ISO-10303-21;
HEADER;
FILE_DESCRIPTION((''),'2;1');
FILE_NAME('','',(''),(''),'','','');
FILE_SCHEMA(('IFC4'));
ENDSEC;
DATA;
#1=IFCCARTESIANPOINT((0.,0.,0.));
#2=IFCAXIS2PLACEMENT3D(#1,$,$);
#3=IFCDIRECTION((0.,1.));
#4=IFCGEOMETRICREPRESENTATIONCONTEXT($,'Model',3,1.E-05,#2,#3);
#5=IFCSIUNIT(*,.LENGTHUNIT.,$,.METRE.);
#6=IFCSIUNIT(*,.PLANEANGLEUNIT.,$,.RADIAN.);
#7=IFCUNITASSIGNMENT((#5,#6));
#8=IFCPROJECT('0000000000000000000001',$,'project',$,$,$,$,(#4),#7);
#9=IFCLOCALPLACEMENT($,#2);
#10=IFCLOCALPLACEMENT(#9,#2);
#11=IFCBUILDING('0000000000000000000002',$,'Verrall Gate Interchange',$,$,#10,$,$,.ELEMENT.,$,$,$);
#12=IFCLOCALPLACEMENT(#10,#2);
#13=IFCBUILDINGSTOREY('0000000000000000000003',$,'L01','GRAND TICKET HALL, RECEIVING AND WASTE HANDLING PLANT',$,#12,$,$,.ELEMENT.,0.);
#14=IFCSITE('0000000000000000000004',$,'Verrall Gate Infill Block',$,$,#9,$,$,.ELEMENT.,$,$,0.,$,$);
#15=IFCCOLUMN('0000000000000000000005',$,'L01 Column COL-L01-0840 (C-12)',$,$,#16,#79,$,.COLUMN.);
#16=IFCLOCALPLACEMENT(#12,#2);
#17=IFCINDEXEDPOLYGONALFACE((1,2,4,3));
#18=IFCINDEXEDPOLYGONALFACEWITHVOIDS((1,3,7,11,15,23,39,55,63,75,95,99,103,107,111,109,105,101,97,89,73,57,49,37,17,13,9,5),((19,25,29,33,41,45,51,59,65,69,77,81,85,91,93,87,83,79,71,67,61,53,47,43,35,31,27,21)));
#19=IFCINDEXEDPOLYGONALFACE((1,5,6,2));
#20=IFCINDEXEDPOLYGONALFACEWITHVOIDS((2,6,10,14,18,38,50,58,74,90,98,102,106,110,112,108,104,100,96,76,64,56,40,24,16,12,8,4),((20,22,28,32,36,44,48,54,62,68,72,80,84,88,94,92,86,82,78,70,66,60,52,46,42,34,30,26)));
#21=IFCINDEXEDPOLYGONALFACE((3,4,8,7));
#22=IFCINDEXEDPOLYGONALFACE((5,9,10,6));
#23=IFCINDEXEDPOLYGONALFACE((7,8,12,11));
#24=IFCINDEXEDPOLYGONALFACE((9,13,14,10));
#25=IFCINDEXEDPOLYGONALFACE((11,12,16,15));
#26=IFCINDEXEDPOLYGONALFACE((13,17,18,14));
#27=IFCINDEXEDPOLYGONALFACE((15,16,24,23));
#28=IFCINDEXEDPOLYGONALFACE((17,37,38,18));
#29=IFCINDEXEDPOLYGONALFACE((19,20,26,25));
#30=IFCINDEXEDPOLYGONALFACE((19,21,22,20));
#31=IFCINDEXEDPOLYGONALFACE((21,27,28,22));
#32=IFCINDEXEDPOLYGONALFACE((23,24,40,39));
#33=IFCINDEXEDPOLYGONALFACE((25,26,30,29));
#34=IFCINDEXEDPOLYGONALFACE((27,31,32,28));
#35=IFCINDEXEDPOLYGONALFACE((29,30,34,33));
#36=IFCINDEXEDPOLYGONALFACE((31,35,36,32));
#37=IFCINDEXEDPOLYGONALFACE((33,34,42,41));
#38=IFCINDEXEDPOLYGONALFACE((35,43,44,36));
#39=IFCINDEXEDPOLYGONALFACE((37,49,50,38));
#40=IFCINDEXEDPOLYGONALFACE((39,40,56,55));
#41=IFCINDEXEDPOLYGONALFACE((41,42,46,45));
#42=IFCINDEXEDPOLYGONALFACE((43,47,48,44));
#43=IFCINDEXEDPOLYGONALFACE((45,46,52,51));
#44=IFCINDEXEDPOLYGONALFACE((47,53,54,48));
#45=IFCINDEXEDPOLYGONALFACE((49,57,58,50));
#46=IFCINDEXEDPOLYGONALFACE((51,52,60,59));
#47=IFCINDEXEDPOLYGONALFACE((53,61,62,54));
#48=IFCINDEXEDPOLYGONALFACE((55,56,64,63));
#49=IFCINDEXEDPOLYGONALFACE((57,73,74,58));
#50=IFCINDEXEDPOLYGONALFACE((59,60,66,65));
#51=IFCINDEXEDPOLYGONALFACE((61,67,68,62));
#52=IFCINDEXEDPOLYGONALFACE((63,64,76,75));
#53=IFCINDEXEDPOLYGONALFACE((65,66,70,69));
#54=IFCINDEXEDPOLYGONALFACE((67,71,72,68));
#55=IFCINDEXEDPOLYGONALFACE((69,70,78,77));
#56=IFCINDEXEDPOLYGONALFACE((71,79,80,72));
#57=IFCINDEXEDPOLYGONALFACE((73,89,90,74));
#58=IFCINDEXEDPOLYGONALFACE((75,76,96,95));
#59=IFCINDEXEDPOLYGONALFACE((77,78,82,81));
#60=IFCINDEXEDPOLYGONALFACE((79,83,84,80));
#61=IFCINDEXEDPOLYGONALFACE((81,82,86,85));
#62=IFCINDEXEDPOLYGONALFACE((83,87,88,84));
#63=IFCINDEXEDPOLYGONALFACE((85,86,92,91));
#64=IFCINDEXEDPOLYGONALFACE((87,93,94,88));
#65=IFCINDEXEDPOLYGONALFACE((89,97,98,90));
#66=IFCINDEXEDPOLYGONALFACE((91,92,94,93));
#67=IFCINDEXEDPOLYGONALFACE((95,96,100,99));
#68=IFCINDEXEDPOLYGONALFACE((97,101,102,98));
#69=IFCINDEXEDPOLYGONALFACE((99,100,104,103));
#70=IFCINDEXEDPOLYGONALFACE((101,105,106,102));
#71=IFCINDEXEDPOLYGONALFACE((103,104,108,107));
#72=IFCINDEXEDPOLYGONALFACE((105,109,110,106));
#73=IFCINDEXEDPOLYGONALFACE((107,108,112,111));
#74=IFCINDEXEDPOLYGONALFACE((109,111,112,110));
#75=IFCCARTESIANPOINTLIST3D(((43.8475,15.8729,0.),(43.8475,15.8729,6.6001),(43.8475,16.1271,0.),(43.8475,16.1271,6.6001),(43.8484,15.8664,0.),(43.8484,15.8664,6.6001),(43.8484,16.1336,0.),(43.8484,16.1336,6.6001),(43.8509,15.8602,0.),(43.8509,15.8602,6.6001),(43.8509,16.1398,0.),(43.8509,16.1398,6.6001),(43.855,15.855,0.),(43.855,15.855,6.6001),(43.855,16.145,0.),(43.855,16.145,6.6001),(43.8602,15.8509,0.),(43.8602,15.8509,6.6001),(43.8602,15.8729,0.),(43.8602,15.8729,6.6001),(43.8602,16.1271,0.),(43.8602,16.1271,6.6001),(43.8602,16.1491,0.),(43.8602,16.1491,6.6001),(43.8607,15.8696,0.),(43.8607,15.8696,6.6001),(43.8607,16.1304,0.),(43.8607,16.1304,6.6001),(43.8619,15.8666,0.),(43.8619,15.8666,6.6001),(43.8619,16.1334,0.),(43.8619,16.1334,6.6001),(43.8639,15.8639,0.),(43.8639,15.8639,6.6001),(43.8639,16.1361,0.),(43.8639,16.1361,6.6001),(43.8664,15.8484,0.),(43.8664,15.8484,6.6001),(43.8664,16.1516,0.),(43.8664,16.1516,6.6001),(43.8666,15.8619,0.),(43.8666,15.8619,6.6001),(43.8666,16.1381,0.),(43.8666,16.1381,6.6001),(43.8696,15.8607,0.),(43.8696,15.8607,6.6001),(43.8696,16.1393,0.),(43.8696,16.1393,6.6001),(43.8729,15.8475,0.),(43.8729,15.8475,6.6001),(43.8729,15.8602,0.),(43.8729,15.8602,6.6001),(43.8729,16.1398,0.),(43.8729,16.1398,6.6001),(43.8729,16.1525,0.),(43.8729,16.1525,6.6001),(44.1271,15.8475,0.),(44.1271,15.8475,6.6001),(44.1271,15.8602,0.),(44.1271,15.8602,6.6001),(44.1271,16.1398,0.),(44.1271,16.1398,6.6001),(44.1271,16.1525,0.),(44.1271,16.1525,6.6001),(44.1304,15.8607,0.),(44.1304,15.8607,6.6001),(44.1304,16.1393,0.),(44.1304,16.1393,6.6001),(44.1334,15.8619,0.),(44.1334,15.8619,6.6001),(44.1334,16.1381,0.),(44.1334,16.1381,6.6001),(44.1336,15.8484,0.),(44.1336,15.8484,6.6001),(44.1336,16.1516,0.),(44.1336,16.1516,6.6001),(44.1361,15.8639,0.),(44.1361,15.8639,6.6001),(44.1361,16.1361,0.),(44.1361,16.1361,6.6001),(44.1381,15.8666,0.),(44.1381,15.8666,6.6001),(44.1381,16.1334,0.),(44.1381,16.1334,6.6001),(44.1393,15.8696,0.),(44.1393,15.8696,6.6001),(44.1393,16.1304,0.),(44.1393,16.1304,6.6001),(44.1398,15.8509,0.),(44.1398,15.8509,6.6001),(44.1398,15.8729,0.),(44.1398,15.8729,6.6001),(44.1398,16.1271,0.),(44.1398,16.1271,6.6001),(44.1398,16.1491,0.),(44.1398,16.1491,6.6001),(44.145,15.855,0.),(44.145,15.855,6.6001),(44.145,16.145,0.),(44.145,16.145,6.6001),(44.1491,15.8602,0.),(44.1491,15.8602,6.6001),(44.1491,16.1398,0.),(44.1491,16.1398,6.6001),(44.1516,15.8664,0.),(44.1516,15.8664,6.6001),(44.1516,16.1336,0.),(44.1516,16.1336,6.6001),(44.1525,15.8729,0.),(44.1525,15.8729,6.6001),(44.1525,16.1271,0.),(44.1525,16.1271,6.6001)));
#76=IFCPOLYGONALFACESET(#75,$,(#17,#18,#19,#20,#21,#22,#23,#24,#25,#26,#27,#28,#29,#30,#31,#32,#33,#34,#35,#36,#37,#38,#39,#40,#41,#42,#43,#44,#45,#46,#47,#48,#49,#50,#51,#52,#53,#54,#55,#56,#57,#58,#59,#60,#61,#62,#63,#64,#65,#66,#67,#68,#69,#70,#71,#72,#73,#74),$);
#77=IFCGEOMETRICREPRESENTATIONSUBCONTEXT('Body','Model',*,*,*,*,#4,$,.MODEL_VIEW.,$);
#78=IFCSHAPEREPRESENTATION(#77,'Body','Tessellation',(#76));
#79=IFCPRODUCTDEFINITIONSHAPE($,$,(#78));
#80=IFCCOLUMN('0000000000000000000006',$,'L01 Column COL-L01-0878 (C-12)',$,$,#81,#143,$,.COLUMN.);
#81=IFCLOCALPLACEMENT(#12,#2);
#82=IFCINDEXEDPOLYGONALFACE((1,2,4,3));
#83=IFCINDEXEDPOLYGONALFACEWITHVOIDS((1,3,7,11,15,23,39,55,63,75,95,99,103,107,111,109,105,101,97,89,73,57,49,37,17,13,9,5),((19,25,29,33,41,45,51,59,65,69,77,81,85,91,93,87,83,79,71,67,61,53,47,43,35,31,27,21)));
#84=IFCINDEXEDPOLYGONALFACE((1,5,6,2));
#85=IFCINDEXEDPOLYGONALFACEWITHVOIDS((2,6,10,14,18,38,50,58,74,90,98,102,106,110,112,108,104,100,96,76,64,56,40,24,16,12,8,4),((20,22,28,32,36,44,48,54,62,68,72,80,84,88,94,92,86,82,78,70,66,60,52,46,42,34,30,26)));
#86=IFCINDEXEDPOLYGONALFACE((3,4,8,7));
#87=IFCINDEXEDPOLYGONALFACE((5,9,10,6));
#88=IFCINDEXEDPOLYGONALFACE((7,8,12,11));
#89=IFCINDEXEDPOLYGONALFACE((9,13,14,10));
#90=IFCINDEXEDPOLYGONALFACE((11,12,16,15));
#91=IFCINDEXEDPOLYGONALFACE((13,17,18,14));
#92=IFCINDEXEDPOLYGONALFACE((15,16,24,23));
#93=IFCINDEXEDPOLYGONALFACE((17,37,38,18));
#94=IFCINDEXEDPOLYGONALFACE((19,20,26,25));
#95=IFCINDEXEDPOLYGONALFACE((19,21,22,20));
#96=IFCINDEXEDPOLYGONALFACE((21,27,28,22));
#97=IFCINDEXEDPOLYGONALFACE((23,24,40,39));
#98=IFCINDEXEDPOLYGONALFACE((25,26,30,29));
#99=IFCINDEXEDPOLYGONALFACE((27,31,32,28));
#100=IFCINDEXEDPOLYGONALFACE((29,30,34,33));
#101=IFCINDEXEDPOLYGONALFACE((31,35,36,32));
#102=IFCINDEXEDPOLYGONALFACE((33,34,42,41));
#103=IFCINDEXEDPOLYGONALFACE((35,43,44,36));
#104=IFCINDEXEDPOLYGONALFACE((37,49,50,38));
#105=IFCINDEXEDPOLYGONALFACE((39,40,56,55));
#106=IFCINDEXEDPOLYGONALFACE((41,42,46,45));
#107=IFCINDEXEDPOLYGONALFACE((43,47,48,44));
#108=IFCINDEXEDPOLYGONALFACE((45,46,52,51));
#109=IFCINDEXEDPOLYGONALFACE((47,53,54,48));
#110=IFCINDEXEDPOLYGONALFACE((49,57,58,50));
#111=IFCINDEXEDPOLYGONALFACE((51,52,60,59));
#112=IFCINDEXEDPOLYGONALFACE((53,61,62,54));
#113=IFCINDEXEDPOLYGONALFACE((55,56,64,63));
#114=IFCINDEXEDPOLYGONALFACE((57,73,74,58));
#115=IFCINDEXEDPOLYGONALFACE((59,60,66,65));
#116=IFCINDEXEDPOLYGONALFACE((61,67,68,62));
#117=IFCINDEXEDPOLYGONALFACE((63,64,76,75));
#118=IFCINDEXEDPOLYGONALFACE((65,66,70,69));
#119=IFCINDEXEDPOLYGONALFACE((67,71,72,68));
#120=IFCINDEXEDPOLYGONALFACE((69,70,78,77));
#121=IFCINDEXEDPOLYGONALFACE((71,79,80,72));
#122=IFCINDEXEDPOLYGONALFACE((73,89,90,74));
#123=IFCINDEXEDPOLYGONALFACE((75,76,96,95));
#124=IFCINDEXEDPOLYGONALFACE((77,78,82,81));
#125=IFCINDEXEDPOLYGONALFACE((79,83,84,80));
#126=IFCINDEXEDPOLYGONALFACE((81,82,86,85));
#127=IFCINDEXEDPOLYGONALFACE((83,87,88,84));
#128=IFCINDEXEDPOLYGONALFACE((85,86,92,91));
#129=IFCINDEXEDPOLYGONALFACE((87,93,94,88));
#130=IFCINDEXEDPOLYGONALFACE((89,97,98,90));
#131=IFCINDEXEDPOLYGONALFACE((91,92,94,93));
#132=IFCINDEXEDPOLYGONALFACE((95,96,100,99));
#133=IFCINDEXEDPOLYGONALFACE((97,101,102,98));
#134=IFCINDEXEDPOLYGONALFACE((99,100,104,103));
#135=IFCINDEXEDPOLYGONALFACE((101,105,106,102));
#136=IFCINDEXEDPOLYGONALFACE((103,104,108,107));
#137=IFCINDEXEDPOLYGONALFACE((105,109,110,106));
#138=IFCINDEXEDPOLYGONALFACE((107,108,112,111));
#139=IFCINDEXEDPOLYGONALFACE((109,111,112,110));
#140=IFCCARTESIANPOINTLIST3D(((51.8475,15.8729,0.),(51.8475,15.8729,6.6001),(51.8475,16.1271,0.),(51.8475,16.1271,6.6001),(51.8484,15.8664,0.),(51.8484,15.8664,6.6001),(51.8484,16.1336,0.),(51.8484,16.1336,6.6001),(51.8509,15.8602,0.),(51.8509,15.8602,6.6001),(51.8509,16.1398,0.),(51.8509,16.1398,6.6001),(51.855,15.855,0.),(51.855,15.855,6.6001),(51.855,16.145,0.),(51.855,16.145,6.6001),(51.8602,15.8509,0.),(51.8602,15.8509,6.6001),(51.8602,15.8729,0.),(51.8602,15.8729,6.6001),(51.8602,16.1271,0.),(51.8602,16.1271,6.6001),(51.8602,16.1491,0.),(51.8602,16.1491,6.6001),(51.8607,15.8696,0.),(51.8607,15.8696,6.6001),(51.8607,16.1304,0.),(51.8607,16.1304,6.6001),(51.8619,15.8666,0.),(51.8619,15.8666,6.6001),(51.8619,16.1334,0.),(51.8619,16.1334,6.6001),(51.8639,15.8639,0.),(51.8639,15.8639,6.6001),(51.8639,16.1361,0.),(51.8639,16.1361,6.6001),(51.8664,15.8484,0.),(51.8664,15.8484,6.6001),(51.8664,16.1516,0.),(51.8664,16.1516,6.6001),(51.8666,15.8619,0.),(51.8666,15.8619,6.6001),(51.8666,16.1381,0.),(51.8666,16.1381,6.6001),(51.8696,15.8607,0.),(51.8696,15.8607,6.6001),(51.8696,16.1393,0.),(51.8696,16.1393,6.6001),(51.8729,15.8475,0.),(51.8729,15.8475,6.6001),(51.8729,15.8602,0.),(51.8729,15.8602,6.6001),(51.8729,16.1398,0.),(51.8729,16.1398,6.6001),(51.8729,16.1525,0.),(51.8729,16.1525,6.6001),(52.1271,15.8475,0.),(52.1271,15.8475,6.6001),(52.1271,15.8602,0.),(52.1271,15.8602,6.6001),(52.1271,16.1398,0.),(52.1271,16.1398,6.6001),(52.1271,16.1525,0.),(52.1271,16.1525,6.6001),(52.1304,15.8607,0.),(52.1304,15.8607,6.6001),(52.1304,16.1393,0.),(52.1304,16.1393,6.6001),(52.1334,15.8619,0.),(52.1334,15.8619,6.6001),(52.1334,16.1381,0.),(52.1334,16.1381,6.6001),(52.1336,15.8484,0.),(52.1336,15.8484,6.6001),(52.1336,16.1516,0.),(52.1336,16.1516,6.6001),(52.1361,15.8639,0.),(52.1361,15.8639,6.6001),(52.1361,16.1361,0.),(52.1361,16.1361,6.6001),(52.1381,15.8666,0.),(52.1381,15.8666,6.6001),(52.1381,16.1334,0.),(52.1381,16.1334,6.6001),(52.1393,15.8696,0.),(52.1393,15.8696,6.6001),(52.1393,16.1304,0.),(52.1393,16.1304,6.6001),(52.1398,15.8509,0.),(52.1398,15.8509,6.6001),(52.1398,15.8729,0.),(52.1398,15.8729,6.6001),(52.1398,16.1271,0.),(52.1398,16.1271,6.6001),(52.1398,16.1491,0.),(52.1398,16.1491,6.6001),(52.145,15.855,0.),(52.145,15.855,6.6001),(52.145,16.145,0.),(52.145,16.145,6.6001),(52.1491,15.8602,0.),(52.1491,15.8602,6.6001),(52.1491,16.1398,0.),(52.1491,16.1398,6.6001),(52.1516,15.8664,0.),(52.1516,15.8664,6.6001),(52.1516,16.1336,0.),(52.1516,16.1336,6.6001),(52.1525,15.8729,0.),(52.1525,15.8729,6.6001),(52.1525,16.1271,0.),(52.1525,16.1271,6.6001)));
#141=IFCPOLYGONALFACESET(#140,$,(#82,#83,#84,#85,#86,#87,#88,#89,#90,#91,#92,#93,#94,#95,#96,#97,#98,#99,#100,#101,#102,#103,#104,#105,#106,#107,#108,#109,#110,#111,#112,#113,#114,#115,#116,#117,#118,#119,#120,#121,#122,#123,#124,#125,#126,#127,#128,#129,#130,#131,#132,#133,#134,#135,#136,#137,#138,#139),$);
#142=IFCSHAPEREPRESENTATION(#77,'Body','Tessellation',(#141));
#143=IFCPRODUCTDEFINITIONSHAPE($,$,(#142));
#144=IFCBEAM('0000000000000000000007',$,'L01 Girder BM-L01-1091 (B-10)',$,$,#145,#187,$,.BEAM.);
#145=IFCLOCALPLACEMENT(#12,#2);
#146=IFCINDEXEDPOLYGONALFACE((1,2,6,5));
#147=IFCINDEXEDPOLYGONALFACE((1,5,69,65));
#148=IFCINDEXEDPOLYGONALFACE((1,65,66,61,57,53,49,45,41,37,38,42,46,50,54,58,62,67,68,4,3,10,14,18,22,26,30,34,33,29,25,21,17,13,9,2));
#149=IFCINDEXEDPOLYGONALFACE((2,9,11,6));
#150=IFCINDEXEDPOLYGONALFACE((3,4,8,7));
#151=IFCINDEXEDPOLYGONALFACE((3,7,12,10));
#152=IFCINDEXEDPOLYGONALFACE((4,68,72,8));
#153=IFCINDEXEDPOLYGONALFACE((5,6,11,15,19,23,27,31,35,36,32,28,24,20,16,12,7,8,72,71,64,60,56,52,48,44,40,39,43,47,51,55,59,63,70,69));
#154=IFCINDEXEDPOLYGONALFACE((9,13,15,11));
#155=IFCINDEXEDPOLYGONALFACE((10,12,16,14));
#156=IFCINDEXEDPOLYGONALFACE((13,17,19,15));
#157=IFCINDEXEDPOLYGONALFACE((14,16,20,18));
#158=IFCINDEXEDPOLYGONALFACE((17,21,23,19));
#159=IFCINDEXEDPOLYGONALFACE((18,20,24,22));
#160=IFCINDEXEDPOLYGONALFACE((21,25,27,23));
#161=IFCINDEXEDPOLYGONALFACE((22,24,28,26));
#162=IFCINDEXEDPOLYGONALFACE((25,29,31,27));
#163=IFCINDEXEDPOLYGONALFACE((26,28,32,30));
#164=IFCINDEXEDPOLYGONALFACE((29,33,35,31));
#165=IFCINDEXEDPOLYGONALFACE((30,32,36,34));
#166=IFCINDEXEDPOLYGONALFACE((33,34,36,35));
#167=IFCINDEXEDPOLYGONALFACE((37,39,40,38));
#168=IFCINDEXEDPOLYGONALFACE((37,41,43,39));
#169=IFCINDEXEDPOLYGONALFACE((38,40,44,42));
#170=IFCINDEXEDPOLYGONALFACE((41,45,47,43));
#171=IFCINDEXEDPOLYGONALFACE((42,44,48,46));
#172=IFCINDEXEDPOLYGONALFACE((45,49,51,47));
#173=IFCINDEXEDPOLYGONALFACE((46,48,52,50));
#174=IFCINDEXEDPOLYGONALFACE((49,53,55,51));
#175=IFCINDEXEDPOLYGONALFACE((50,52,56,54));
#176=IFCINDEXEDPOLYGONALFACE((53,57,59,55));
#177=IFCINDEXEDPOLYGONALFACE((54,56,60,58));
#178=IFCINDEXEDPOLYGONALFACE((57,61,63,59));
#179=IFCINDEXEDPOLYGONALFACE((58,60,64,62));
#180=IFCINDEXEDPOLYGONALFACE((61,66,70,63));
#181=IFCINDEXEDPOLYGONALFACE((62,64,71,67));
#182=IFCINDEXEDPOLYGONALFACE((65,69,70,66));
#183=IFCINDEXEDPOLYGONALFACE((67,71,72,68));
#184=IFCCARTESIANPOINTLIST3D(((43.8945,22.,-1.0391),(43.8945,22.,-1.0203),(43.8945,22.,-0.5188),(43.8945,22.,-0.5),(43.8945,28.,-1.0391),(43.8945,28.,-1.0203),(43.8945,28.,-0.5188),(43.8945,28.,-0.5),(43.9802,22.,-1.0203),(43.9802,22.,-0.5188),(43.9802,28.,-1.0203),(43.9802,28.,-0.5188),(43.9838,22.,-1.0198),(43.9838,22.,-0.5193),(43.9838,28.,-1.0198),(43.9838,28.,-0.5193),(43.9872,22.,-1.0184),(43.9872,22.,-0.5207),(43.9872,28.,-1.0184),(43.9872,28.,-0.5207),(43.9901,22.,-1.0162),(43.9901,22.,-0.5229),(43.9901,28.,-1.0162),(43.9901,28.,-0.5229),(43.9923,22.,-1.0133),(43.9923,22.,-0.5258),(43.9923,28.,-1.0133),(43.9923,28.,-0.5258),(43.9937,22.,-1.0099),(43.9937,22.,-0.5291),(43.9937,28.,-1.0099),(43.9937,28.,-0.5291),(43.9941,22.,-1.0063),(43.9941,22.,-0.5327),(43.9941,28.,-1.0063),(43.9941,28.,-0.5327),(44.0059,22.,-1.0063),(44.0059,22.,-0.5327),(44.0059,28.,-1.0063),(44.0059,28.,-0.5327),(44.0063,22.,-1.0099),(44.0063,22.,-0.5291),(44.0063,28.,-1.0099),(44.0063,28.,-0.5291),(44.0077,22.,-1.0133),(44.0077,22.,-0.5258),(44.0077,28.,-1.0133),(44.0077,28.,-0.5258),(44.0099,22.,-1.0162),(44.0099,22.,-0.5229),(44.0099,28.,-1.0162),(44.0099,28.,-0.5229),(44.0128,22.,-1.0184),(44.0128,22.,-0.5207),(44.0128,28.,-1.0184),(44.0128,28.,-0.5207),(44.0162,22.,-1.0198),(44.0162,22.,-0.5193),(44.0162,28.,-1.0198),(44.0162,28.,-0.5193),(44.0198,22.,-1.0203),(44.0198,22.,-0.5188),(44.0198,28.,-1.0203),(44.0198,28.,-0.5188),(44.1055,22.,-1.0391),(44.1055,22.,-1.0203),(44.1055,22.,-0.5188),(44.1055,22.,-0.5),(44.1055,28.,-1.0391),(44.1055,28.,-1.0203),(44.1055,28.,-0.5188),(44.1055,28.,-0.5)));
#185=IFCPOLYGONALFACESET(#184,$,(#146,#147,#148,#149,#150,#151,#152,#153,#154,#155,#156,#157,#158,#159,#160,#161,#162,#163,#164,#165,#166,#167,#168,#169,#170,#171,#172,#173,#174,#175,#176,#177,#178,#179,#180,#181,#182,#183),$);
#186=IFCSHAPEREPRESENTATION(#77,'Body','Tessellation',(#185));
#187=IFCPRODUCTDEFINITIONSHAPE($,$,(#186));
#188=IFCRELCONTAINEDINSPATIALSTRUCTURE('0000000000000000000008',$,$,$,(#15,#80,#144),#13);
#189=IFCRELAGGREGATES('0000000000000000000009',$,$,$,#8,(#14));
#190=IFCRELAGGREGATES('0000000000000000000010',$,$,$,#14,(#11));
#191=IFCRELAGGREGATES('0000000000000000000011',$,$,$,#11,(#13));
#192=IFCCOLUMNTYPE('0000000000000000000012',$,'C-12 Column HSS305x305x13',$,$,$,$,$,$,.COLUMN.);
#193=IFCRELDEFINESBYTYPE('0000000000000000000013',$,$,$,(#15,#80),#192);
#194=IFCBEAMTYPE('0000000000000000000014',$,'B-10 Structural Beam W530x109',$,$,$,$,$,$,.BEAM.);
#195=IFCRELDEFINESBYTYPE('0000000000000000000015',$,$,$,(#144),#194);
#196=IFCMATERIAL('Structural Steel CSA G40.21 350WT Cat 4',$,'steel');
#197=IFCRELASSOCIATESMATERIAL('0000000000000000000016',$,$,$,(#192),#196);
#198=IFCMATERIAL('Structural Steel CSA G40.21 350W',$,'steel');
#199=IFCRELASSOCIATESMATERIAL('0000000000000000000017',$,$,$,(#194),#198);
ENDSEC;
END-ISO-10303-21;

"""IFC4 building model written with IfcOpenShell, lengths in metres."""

from ifc_helpers import new_model, si_unit, direction, frame, origin, origin_2d, place, context, subcontext, project, spatial, hollow_rectangle, i_section, extrude, material, material_profile, profile_set, type_object, element, save


model = new_model("IFC4")

# Units and contexts
model_context = context("Model", 3, precision=1e-05, world=origin(), true_north=direction((0.0, 1.0)))
body_context = subcontext(model_context, "Body", "Model", "MODEL_VIEW")
ifc_project = project(units=[si_unit("LENGTHUNIT", "METRE"), si_unit("PLANEANGLEUNIT", "RADIAN")], contexts=[model_context])

# Site, building, storey
site_placement = place(None, origin())
site = spatial("IfcSite", under=ifc_project, at=site_placement, Name="Verrall Gate Infill Block", CompositionType="ELEMENT", RefElevation=0.0)
building_placement = place(site_placement, origin())
building = spatial("IfcBuilding", under=site, at=building_placement, Name="Verrall Gate Interchange", CompositionType="ELEMENT")
storey_placement = place(building_placement, origin())
storey = spatial("IfcBuildingStorey", under=building, at=storey_placement, Name="L01", Description="GRAND TICKET HALL, RECEIVING AND WASTE HANDLING PLANT", CompositionType="ELEMENT", Elevation=0.0)

# Columns
ifc_material_1 = material(Name="Structural Steel CSA G40.21 350WT Cat 4", Category="steel")
ifc_material_profile_1 = material_profile(ifc_material_1, hollow_rectangle(XDim=0.3049, YDim=0.3049, WallThickness=0.0127, InnerFilletRadius=0.0127, OuterFilletRadius=0.0254, at=origin_2d()), Name="HSS305x305x13")
ifc_profile_set_1 = profile_set([ifc_material_profile_1], Name="Structural Steel CSA G40.21 350WT Cat 4")
column_type = type_object("IfcColumnType", Name="C-12 Column HSS305x305x13", PredefinedType="COLUMN", material=ifc_profile_set_1)
for number, where, z_axis, x_axis, name in (
    (1, (44.0, 16.0, 0.0), (0.0, 0.0, 1.0), (1.0, 0.0, 0.0), "L01 Column COL-L01-0840 (C-12)"),
    (2, (52.0, 16.0, 0.0), (0.0, 0.0, 1.0), (1.0, 0.0, 0.0), "L01 Column COL-L01-0878 (C-12)"),
):
    element("IfcColumn", number, at=place(storey_placement, frame(where, z_axis=z_axis, x_axis=x_axis)), inside=storey, type_object=column_type, Name=name, PredefinedType="COLUMN", context=body_context, shape_type="SweptSolid", body=[
        extrude(hollow_rectangle(XDim=0.3049, YDim=0.3049, WallThickness=0.0127, InnerFilletRadius=0.0127, OuterFilletRadius=0.0254, at=origin_2d()), origin(), (0.0, 0.0, 1.0), 6.6001),
    ])

# Beam
ifc_material_2 = material(Name="Structural Steel CSA G40.21 350W", Category="steel")
ifc_material_profile_2 = material_profile(ifc_material_2, i_section(OverallWidth=0.2109, OverallDepth=0.5391, WebThickness=0.0117, FlangeThickness=0.0188, FilletRadius=0.0139, at=origin_2d()), Name="W530x109")
ifc_profile_set_2 = profile_set([ifc_material_profile_2], Name="Structural Steel CSA G40.21 350W")
beam_type_1 = type_object("IfcBeamType", Name="B-10 Structural Beam W530x109", PredefinedType="BEAM", material=ifc_profile_set_2)
for number, where, z_axis, x_axis, name in (
    (3, (44.0, 22.0, -0.7695), (0.0, 1.0, 0.0), (-1.0, 0.0, 0.0), "L01 Girder BM-L01-1091 (B-10)"),
):
    element("IfcBeam", number, at=place(storey_placement, frame(where, z_axis=z_axis, x_axis=x_axis)), inside=storey, type_object=beam_type_1, Name=name, PredefinedType="BEAM", context=body_context, shape_type="SweptSolid", body=[
        extrude(i_section(OverallWidth=0.2109, OverallDepth=0.5391, WebThickness=0.0117, FlangeThickness=0.0188, FilletRadius=0.0139, at=origin_2d()), origin(), (0.0, 0.0, 1.0), 6.0),
    ])

save(model, "model.ifc")
